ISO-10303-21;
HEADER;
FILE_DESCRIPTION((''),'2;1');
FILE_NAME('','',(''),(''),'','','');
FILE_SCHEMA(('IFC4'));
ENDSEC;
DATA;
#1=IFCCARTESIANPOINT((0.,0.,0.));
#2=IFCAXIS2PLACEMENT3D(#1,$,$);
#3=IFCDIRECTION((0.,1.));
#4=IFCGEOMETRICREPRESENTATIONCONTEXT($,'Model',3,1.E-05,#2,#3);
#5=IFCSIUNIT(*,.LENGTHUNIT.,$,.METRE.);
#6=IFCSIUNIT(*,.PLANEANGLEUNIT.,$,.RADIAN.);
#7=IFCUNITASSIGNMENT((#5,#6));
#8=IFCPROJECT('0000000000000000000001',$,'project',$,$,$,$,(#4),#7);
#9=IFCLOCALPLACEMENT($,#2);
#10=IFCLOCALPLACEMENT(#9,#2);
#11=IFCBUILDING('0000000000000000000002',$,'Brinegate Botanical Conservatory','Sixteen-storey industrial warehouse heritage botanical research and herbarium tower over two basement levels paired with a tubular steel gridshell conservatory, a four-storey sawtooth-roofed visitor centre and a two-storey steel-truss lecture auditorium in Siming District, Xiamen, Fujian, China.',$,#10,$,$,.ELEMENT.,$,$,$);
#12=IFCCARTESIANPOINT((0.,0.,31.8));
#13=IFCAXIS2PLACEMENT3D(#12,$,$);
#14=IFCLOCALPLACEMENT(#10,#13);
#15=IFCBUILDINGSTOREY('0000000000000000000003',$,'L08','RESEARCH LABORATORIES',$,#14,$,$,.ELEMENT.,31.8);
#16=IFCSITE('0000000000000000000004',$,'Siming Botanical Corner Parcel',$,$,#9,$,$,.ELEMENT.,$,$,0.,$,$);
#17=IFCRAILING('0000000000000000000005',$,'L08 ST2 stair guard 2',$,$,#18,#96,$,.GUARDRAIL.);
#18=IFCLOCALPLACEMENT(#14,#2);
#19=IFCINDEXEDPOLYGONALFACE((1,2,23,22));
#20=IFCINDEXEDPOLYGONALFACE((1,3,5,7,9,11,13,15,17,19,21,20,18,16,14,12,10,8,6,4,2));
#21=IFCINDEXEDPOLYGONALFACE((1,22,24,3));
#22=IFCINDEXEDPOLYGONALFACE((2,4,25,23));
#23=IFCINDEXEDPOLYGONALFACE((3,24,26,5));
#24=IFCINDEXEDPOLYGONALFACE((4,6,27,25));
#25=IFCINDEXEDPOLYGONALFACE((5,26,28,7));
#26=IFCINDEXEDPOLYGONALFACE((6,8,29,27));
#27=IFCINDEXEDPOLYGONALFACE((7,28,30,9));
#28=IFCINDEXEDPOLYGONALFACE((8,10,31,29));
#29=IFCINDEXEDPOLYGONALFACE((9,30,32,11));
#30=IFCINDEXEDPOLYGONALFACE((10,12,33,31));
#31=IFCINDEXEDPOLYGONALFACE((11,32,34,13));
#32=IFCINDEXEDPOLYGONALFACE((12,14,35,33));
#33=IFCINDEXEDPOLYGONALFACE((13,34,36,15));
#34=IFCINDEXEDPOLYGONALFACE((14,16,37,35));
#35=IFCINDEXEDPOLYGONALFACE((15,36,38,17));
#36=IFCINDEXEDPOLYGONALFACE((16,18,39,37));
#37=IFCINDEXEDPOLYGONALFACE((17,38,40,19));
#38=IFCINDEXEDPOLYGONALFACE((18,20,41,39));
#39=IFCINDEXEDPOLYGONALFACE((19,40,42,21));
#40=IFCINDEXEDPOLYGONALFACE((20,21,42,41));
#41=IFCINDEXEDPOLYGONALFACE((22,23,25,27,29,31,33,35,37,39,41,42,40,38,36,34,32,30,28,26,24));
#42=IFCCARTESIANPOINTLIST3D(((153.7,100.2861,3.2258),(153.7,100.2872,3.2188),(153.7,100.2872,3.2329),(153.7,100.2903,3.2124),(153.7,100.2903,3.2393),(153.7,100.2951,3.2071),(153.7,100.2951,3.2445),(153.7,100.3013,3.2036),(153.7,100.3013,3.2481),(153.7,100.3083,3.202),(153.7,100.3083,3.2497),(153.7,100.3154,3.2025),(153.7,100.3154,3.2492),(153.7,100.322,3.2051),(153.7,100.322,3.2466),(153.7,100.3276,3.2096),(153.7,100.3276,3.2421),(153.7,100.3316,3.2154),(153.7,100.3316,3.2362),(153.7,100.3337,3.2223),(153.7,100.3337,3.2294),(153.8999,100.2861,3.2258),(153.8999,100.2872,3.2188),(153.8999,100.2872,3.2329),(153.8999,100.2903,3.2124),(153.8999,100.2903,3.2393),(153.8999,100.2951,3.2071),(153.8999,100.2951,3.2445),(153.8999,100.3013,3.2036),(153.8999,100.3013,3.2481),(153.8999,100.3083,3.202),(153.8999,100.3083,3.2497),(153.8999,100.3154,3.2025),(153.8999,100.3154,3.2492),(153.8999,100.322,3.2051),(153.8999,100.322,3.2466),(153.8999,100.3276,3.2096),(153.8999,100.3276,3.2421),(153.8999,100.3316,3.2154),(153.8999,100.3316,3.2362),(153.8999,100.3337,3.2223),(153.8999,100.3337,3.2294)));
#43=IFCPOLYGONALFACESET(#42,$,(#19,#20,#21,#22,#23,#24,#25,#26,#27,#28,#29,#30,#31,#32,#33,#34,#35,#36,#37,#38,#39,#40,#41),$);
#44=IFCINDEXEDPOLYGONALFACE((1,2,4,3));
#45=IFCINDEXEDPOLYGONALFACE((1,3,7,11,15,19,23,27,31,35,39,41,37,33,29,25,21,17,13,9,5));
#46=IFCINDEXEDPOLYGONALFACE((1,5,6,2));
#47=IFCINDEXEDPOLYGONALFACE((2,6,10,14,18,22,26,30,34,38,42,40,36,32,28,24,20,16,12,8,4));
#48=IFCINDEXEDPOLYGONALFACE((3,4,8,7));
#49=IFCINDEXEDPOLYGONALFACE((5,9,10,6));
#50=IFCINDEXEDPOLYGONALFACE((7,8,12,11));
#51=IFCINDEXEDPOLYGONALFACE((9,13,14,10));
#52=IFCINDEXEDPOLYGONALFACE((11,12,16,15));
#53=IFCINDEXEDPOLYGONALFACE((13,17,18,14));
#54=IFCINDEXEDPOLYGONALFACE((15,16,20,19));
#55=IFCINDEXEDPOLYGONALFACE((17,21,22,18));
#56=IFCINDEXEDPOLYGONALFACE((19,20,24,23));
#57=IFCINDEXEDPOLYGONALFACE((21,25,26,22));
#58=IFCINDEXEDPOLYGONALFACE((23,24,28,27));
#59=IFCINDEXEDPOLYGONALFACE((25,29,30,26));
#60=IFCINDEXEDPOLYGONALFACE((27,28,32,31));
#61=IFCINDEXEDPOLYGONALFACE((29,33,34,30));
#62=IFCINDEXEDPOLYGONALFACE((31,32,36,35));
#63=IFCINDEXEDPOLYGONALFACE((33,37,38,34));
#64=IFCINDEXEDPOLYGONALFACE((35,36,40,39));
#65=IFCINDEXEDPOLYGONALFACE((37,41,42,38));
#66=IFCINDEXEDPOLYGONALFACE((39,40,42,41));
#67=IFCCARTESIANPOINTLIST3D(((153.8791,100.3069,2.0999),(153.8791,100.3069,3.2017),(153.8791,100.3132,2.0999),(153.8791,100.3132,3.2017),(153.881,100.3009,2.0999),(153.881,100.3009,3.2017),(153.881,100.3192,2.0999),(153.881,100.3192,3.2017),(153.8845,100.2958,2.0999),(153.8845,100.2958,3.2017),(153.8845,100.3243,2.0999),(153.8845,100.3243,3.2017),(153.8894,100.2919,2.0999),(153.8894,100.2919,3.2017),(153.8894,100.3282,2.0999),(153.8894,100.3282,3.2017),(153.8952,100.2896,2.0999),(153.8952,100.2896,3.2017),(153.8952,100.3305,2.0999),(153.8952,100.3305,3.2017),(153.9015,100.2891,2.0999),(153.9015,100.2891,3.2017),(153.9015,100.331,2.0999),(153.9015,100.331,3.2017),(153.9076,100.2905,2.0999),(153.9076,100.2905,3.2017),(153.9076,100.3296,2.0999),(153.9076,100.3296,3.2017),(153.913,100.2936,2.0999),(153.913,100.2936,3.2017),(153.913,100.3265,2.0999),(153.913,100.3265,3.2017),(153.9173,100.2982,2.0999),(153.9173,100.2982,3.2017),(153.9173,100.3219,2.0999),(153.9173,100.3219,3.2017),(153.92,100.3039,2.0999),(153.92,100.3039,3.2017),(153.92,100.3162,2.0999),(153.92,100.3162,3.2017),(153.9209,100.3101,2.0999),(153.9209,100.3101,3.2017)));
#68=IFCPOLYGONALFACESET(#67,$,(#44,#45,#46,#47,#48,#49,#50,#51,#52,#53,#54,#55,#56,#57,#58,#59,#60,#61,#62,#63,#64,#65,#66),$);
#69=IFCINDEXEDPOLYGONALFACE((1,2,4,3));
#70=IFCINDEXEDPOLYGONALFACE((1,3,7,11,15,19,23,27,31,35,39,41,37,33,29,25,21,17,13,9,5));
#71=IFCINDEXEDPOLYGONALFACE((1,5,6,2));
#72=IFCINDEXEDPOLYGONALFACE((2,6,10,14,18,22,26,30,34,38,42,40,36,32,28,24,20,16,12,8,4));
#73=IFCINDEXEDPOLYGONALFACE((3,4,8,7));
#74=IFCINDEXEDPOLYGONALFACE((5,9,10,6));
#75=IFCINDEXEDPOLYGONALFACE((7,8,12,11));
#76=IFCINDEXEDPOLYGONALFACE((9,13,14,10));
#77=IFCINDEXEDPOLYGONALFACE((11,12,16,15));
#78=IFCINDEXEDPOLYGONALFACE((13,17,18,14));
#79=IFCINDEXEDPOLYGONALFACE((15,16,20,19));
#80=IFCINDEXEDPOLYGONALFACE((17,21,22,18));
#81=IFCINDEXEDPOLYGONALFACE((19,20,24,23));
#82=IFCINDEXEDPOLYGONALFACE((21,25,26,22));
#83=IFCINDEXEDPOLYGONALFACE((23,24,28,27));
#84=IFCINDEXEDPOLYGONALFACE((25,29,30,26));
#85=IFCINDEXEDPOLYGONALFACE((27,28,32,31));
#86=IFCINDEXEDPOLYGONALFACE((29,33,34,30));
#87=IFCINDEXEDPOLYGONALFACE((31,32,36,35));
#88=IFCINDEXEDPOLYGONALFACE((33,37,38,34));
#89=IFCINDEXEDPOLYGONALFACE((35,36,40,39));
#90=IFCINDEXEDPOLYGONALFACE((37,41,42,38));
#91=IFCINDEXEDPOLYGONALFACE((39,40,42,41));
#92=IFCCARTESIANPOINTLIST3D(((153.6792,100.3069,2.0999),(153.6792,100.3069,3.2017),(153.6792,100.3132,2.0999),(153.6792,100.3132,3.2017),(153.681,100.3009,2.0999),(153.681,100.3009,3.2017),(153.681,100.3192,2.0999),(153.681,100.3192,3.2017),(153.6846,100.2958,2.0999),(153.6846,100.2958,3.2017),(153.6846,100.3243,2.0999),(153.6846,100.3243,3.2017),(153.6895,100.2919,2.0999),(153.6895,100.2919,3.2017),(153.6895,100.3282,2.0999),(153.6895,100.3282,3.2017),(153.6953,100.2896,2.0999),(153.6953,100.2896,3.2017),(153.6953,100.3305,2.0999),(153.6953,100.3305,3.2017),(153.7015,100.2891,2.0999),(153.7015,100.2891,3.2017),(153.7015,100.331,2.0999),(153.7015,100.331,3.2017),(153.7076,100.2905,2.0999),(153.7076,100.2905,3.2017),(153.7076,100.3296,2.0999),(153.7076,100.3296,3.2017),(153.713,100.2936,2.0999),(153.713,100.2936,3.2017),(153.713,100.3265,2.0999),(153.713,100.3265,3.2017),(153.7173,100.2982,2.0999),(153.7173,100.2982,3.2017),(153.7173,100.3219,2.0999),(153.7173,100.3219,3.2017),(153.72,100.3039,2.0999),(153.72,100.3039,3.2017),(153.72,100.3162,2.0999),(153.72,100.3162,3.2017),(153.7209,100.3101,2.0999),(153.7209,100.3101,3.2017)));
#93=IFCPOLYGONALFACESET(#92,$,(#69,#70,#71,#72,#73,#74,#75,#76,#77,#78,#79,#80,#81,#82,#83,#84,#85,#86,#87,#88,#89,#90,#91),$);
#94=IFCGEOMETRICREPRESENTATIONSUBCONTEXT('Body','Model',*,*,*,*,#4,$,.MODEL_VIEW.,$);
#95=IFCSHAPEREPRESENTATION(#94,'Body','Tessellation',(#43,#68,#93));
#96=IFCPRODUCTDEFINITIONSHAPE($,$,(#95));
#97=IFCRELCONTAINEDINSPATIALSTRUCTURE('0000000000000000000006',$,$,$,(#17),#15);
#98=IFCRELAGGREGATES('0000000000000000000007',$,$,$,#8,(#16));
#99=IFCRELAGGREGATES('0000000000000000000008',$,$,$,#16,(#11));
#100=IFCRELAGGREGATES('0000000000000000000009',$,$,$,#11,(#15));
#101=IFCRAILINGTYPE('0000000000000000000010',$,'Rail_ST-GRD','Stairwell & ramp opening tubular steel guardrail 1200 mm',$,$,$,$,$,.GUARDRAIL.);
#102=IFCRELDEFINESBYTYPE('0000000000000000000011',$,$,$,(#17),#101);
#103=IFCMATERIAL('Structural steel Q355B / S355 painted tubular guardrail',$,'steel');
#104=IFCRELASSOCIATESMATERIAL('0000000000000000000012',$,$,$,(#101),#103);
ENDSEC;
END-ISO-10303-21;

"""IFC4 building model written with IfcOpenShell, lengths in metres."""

from ifc_helpers import new_model, si_unit, direction, frame, origin, origin_2d, place, context, subcontext, project, spatial, circle, extrude, material, type_object, element, save


model = new_model("IFC4")

# Units and contexts
model_context = context("Model", 3, precision=1e-05, world=origin(), true_north=direction((0.0, 1.0)))
body_context = subcontext(model_context, "Body", "Model", "MODEL_VIEW")
ifc_project = project(units=[si_unit("LENGTHUNIT", "METRE"), si_unit("PLANEANGLEUNIT", "RADIAN")], contexts=[model_context])

# Site, building, storey
site_placement = place(None, origin())
site = spatial("IfcSite", under=ifc_project, at=site_placement, Name="Siming Botanical Corner Parcel", CompositionType="ELEMENT", RefElevation=0.0)
building_placement = place(site_placement, origin())
building = spatial("IfcBuilding", under=site, at=building_placement, Name="Brinegate Botanical Conservatory", Description="Sixteen-storey industrial warehouse heritage botanical research and herbarium tower over two basement levels paired with a tubular steel gridshell conservatory, a four-storey sawtooth-roofed visitor centre and a two-storey steel-truss lecture auditorium in Siming District, Xiamen, Fujian, China.", CompositionType="ELEMENT")
storey_placement = place(building_placement, frame((0.0, 0.0, 31.8)))
storey = spatial("IfcBuildingStorey", under=building, at=storey_placement, Name="L08", Description="RESEARCH LABORATORIES", CompositionType="ELEMENT", Elevation=31.8)

# Railing
ifc_material_1 = material(Name="Structural steel Q355B / S355 painted tubular guardrail", Category="steel")
railing_type_1 = type_object("IfcRailingType", Name="Rail_ST-GRD", Description="Stairwell & ramp opening tubular steel guardrail 1200 mm", PredefinedType="GUARDRAIL", material=ifc_material_1)
railing_1_placement = place(storey_placement, frame((153.8999, 100.3101, 2.0999)))
element("IfcRailing", 1, at=railing_1_placement, inside=storey, type_object=railing_type_1, Name="L08 ST2 stair guard 2", PredefinedType="GUARDRAIL", context=body_context, shape_type="SweptSolid", body=[
    extrude(circle(Radius=0.0239, at=origin_2d()), frame((0.0, 0.0, 1.126), z_axis=(-1.0, 0.0, 0.0), x_axis=(0.0, -1.0, 0.0)), (0.0, 0.0, 1.0), 0.2),
    extrude(circle(Radius=0.021, at=origin_2d()), origin(), (0.0, 0.0, 1.0), 1.1018),
    extrude(circle(Radius=0.021, at=origin_2d()), frame((-0.2, 0.0, 0.0)), (0.0, 0.0, 1.0), 1.1018),
])

save(model, "model.ifc")
